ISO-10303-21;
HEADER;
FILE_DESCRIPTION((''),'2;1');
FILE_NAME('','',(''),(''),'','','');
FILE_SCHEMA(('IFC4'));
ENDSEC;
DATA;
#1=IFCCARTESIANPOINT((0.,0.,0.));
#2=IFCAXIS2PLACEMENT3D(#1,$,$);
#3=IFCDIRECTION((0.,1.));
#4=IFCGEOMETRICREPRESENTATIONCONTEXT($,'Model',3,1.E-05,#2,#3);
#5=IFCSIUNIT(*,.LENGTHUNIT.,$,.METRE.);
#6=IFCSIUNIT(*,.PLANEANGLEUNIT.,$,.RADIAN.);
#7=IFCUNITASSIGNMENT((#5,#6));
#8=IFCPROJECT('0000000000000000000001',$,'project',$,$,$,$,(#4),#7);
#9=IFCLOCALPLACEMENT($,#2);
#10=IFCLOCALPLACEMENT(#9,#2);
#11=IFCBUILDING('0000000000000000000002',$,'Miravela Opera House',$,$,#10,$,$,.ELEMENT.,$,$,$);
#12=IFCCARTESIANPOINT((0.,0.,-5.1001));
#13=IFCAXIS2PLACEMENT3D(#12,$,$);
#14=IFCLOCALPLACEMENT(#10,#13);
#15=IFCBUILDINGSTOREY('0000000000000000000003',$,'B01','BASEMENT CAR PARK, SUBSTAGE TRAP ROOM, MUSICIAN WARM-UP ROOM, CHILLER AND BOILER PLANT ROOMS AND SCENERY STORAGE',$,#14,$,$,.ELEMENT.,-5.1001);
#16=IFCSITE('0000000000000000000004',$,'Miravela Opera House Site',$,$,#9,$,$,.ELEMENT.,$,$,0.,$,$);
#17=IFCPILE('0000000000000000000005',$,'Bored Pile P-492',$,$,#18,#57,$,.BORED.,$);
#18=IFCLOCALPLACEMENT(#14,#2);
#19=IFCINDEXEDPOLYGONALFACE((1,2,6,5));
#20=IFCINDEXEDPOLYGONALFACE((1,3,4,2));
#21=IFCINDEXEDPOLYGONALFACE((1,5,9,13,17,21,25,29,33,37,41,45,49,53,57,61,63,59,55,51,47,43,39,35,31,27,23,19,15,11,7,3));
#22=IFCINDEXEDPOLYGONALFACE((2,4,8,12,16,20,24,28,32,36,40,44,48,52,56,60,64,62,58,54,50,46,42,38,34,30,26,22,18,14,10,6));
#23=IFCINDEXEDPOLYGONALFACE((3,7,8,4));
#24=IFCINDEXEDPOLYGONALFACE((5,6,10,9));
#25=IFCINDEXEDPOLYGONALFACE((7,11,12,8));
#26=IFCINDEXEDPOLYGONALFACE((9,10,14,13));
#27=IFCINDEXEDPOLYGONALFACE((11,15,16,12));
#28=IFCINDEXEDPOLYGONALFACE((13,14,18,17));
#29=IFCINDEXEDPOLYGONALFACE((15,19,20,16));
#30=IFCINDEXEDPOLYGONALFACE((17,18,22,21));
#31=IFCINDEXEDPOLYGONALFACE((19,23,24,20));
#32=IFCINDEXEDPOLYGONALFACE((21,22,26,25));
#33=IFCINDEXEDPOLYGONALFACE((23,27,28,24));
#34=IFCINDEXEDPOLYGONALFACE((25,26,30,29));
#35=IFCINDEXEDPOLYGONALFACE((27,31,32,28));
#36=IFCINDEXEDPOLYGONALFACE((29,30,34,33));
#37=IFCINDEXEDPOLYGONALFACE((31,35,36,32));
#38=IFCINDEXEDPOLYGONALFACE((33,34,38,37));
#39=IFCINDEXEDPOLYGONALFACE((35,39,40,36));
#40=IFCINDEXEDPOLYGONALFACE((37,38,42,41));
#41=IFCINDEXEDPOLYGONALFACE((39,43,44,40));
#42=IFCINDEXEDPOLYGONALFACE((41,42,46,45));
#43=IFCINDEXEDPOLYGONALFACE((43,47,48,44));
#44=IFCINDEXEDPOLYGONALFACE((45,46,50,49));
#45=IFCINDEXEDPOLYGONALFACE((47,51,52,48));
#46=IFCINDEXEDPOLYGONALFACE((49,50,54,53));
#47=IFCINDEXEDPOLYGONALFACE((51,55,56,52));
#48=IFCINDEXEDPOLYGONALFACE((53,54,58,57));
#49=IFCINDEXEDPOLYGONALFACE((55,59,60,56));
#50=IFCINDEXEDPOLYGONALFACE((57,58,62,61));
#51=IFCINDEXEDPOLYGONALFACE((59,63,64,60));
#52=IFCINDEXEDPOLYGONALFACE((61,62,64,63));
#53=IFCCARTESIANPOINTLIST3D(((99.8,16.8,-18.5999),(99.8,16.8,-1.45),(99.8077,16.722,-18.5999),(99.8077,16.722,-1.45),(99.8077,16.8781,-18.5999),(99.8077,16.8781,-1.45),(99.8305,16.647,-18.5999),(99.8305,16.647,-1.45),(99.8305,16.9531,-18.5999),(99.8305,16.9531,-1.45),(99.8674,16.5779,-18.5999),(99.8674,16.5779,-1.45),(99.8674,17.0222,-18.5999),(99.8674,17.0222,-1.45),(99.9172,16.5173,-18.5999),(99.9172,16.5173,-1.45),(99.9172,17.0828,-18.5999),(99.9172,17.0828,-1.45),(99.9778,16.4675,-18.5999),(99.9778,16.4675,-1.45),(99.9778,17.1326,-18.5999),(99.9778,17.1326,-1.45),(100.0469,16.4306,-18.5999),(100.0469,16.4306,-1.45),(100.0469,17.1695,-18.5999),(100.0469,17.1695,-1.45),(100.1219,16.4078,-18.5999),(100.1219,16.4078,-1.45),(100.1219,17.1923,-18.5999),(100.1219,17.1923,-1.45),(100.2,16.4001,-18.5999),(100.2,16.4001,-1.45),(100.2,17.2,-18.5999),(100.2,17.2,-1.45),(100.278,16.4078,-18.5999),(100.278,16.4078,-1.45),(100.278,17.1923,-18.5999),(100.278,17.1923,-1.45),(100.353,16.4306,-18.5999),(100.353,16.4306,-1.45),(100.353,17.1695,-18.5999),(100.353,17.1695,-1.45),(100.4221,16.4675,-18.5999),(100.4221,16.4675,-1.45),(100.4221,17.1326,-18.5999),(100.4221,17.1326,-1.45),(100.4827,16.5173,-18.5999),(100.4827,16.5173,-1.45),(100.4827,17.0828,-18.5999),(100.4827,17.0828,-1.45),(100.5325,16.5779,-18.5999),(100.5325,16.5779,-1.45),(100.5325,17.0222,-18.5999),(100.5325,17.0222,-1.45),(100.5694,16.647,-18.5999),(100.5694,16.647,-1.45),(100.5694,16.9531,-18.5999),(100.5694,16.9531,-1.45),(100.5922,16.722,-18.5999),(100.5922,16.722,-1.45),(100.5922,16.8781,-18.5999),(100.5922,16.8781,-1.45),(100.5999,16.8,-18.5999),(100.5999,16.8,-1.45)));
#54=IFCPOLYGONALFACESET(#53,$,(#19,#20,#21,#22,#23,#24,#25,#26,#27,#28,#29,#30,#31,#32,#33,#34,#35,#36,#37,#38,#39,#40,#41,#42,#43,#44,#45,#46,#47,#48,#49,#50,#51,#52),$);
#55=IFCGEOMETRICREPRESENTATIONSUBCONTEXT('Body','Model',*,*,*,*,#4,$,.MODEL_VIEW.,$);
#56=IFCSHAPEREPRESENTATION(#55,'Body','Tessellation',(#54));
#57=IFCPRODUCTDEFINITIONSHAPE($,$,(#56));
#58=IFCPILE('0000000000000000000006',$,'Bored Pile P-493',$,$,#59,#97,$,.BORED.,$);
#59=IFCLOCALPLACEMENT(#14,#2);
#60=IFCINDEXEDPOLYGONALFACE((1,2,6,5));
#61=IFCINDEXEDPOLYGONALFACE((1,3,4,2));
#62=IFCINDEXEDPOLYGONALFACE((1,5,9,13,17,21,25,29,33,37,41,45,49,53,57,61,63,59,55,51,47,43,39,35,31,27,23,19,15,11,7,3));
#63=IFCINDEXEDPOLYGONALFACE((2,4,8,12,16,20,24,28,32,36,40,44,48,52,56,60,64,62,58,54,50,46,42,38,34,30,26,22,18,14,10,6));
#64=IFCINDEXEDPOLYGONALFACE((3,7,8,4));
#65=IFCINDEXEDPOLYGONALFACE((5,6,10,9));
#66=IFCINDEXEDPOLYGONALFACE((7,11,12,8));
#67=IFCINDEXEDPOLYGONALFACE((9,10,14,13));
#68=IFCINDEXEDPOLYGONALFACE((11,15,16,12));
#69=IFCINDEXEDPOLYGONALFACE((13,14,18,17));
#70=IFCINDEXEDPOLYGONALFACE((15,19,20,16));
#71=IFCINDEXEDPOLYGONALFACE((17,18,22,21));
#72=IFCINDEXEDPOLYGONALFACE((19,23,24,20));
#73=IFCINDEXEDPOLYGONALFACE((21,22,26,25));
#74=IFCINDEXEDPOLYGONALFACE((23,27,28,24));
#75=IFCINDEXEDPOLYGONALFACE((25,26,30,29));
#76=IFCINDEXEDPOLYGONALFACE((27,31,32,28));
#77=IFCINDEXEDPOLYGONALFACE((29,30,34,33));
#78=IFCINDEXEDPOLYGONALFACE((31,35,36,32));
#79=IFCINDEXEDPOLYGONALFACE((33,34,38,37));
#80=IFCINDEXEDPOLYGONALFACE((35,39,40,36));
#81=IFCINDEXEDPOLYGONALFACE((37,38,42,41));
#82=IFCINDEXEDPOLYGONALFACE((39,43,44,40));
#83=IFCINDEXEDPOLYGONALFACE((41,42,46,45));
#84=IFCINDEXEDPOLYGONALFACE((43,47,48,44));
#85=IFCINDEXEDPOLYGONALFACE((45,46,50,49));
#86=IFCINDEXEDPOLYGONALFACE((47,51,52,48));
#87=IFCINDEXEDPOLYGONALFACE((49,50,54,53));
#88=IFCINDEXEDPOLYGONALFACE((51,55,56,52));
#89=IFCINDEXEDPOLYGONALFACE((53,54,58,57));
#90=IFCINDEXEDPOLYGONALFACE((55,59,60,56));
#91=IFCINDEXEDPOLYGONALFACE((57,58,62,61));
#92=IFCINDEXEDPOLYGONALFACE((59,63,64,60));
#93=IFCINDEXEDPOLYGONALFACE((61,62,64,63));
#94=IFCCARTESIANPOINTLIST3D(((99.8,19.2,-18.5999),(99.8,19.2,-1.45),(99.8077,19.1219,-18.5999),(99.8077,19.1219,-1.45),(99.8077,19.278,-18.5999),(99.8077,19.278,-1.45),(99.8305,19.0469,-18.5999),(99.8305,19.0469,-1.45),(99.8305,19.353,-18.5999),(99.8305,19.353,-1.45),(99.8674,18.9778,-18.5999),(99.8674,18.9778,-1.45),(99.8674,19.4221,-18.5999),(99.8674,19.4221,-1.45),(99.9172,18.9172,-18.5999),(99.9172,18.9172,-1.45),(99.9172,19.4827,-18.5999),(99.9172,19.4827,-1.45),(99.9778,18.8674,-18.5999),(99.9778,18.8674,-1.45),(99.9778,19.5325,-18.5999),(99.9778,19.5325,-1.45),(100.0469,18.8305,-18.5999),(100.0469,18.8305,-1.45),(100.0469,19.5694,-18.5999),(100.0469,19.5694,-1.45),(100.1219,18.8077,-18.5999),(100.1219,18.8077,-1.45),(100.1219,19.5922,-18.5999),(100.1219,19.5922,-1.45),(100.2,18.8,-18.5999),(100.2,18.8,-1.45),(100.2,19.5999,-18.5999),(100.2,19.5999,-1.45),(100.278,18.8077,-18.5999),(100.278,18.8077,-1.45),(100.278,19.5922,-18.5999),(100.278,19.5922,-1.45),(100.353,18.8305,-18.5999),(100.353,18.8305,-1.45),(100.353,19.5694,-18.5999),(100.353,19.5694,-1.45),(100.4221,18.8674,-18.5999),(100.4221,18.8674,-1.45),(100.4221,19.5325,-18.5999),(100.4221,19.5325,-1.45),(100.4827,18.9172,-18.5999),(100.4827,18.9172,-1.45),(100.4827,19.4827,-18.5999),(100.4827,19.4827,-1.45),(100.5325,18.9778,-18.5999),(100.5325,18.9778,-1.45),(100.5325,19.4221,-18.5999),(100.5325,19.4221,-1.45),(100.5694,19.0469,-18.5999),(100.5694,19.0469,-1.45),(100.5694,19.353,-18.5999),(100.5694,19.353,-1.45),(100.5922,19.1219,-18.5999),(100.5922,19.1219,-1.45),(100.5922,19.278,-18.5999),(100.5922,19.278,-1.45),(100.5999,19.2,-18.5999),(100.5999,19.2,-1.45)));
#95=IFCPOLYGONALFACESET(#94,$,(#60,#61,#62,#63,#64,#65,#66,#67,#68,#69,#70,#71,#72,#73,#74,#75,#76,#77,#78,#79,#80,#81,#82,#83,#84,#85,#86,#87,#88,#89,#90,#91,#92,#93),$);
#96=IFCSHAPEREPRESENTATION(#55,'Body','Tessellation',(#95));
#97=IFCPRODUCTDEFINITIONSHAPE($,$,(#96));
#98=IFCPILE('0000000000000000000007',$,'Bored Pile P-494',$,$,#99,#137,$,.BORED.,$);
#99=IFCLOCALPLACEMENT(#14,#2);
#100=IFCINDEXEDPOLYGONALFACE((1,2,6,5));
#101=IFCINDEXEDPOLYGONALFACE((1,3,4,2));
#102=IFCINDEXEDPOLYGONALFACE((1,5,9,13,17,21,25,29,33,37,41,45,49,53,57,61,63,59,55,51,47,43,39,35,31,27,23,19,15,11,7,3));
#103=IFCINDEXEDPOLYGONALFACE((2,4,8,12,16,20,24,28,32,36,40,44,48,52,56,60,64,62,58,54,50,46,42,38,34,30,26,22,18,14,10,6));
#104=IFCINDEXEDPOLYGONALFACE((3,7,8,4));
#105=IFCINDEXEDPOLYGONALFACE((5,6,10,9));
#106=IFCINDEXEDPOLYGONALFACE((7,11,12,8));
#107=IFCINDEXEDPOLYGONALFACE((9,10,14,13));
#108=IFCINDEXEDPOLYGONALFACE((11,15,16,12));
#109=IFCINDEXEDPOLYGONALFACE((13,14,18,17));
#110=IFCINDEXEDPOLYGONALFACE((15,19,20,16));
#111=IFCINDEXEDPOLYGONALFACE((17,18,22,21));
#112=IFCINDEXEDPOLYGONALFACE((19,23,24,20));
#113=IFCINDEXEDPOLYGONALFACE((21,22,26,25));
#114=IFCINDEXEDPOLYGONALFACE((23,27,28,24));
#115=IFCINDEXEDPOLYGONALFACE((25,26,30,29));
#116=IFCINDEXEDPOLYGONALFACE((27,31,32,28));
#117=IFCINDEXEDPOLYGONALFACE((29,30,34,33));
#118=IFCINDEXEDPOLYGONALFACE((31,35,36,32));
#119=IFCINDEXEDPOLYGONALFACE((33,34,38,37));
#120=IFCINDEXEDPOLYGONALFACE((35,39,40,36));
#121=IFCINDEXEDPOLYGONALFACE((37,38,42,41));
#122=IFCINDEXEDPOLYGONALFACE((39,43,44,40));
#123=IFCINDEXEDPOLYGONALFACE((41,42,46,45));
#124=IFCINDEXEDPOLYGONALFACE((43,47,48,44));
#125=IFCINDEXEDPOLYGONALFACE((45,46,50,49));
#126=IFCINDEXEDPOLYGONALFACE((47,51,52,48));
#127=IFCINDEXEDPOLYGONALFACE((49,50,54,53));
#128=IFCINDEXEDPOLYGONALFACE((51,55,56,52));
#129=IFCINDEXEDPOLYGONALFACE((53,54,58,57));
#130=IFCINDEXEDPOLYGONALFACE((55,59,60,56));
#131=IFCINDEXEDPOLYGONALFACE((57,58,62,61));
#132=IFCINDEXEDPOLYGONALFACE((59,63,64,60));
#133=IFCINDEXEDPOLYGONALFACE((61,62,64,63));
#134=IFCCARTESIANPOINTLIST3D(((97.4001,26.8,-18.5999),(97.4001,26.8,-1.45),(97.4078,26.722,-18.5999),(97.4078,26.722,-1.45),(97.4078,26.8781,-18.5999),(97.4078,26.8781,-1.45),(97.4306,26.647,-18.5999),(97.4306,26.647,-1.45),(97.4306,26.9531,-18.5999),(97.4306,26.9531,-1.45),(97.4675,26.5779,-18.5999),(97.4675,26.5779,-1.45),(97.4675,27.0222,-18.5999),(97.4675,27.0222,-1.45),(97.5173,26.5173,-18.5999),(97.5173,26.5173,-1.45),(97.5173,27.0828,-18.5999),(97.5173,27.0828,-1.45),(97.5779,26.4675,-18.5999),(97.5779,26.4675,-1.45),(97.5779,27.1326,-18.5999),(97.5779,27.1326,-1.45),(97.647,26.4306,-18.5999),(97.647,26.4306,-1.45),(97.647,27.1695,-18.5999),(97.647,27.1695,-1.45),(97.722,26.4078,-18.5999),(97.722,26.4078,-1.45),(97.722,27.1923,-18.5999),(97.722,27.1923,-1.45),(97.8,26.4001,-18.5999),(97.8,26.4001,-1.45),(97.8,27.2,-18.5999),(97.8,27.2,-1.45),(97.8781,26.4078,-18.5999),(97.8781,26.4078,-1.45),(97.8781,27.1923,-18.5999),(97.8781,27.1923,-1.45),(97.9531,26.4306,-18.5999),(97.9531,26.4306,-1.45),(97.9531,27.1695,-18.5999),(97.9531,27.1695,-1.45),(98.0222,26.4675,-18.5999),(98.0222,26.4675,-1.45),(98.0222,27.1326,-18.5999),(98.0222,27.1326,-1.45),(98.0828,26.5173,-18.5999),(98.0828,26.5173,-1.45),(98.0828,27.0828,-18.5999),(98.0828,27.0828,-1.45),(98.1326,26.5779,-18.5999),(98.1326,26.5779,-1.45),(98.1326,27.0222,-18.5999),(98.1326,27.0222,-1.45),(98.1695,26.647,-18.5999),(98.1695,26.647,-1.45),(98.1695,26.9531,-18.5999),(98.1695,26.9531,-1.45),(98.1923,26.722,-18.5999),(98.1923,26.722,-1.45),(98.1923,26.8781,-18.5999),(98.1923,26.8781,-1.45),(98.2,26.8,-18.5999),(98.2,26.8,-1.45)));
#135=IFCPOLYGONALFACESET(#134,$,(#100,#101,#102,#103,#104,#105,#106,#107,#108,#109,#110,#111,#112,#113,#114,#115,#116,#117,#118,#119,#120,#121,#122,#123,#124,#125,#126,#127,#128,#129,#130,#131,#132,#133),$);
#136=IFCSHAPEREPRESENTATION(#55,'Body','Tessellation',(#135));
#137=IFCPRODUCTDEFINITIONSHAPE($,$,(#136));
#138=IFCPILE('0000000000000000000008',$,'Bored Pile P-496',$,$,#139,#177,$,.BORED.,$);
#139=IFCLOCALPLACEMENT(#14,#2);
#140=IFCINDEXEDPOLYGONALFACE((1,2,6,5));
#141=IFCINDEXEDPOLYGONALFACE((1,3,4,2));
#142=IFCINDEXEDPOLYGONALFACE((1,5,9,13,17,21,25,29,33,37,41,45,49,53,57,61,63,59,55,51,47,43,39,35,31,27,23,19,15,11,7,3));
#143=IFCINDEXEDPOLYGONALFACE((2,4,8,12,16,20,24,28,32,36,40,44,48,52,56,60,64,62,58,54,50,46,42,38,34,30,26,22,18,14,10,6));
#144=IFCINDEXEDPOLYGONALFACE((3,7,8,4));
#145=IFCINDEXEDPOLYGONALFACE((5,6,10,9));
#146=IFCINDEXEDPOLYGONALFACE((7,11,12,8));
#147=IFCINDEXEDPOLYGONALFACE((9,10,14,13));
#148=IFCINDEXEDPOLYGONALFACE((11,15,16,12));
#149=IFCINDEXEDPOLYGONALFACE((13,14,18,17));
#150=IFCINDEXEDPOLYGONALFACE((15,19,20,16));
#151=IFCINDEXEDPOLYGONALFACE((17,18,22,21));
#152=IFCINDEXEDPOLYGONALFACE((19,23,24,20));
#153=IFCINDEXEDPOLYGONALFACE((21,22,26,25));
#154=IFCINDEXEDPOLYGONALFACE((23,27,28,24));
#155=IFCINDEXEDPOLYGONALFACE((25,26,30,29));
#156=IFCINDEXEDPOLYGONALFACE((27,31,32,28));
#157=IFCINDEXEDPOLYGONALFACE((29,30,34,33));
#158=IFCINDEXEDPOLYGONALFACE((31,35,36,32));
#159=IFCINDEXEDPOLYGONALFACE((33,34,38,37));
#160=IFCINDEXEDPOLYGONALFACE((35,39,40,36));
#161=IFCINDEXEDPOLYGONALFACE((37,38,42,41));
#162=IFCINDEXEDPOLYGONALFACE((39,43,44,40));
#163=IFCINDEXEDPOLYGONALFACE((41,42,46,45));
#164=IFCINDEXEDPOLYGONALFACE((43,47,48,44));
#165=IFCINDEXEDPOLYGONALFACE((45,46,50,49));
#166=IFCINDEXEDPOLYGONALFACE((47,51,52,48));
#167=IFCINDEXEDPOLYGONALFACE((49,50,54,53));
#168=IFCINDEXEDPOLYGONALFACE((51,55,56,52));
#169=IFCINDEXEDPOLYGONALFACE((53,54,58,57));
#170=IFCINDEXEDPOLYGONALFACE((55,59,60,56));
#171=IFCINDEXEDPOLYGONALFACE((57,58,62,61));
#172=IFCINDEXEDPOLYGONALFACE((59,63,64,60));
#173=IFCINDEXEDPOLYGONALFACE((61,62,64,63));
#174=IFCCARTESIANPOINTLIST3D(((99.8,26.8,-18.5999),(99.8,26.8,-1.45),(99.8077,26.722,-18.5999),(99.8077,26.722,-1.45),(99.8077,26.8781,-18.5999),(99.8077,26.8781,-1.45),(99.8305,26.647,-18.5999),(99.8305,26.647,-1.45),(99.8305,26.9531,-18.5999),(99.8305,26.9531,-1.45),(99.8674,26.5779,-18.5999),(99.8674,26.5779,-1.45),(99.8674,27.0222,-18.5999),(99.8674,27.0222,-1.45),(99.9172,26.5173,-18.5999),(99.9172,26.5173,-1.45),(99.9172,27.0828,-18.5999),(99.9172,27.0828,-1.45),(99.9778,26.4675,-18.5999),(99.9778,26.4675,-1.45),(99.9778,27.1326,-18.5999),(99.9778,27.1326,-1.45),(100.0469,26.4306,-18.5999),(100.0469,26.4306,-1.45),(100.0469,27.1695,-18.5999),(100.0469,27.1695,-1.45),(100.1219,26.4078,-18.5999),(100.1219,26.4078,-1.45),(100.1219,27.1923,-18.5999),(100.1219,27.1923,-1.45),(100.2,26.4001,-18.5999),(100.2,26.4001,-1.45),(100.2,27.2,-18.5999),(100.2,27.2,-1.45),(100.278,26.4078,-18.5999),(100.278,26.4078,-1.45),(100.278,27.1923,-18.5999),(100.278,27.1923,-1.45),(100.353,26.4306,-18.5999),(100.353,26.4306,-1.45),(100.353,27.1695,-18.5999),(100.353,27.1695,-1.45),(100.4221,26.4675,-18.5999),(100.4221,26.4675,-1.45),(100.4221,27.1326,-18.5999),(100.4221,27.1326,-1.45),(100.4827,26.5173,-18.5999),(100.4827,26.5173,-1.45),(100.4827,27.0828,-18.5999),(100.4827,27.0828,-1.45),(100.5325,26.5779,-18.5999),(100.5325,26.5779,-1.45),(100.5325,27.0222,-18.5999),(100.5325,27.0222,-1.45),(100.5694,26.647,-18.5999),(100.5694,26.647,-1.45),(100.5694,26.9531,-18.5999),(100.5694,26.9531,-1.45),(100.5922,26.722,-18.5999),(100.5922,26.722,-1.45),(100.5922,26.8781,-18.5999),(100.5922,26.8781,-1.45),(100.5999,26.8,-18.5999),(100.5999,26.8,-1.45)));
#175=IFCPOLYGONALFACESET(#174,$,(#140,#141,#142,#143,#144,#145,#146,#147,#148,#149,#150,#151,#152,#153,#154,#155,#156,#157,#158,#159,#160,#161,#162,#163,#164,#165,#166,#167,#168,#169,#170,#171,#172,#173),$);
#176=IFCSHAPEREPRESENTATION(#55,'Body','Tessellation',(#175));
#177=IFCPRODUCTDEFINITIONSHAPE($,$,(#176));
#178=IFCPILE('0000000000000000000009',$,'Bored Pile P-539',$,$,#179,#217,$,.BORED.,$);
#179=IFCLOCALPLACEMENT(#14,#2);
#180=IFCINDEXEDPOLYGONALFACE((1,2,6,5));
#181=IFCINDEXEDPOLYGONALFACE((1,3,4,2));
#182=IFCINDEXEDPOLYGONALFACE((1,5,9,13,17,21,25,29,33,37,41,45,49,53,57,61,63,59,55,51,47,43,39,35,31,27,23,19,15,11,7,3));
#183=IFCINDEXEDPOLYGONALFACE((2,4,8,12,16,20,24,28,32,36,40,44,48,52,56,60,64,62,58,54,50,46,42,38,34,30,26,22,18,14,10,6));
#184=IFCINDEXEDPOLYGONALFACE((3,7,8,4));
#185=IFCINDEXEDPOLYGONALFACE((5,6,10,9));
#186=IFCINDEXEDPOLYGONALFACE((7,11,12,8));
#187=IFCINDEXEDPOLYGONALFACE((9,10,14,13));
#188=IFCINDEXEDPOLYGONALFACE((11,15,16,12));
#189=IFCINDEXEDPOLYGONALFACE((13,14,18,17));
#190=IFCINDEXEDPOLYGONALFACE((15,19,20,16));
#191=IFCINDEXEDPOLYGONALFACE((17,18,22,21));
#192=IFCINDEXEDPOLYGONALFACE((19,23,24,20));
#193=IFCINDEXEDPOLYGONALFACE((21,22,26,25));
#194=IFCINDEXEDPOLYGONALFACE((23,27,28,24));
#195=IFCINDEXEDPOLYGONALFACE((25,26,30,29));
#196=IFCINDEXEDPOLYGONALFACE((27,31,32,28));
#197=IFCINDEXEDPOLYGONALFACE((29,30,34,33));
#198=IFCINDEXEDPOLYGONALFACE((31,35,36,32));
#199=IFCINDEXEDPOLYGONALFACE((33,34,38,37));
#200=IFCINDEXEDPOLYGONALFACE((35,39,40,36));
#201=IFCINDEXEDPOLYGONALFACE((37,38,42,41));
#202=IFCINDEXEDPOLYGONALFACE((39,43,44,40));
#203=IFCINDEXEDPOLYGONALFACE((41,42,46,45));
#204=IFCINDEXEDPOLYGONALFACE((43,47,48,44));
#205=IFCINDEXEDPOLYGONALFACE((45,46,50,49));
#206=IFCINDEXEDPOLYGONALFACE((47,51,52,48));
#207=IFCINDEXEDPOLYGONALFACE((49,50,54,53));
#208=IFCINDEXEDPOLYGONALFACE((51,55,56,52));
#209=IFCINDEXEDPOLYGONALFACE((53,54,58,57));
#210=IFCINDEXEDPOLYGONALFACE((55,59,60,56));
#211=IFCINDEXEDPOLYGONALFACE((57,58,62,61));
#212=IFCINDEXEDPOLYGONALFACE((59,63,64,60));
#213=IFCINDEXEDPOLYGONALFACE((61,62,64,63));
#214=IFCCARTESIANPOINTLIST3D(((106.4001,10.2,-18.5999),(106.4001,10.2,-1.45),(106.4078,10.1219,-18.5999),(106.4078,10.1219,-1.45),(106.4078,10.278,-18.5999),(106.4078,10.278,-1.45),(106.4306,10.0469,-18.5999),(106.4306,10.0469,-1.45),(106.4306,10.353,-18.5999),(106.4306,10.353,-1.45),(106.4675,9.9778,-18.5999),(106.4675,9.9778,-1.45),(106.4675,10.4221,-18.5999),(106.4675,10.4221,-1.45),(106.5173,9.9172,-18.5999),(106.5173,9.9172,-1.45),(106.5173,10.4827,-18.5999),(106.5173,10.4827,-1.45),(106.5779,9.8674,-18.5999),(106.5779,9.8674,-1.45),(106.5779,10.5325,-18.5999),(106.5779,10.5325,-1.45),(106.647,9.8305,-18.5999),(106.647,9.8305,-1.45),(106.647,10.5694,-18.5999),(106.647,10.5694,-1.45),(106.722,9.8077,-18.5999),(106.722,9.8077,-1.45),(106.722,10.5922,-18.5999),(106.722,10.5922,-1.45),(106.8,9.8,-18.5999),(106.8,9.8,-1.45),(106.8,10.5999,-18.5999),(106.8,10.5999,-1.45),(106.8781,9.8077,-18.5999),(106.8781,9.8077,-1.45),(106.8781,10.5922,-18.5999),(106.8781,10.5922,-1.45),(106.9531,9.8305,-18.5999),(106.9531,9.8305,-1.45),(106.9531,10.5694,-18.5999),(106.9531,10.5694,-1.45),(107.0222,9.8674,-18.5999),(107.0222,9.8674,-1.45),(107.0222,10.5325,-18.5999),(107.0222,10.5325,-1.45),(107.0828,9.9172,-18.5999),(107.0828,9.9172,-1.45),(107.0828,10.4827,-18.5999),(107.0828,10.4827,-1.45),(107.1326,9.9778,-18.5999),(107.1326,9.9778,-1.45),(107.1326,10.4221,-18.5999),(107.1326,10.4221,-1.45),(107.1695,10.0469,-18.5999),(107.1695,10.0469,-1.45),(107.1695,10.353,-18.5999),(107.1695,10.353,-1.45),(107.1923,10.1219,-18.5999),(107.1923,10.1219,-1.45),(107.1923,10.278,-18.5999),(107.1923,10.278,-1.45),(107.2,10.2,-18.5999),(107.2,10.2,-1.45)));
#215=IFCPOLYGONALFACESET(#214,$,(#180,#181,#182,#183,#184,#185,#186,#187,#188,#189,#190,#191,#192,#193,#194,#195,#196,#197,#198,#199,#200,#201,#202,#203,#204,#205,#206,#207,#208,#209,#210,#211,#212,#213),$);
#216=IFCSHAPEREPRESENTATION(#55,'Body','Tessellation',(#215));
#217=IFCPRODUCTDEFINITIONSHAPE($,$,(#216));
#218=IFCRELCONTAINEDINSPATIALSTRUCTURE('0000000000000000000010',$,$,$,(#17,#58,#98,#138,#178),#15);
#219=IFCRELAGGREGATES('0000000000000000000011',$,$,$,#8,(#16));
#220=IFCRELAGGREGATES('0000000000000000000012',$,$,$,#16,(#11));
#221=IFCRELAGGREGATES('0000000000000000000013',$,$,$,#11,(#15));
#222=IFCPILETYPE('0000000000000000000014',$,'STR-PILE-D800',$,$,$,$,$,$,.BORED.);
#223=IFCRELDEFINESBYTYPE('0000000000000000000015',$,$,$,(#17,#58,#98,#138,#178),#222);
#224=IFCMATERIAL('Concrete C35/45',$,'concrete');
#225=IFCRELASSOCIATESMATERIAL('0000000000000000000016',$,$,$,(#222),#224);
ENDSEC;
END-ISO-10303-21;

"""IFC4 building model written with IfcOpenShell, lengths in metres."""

from ifc_helpers import new_model, si_unit, direction, frame, origin, origin_2d, place, context, subcontext, project, spatial, circle, extrude, material, material_profile, profile_set, type_object, element, save


model = new_model("IFC4")

# Units and contexts
model_context = context("Model", 3, precision=1e-05, world=origin(), true_north=direction((0.0, 1.0)))
body_context = subcontext(model_context, "Body", "Model", "MODEL_VIEW")
ifc_project = project(units=[si_unit("LENGTHUNIT", "METRE"), si_unit("PLANEANGLEUNIT", "RADIAN")], contexts=[model_context])

# Site, building, storey
site_placement = place(None, origin())
site = spatial("IfcSite", under=ifc_project, at=site_placement, Name="Miravela Opera House Site", CompositionType="ELEMENT", RefElevation=0.0)
building_placement = place(site_placement, origin())
building = spatial("IfcBuilding", under=site, at=building_placement, Name="Miravela Opera House", CompositionType="ELEMENT")
storey_placement = place(building_placement, frame((0.0, 0.0, -5.1001)))
storey = spatial("IfcBuildingStorey", under=building, at=storey_placement, Name="B01", Description="BASEMENT CAR PARK, SUBSTAGE TRAP ROOM, MUSICIAN WARM-UP ROOM, CHILLER AND BOILER PLANT ROOMS AND SCENERY STORAGE", CompositionType="ELEMENT", Elevation=-5.1001)

# Shared definitions
ifc_material_1 = material(Name="Concrete C35/45", Category="concrete")

# Piles
ifc_material_profile_1 = material_profile(ifc_material_1, circle(Radius=0.3999, at=origin_2d()), Name="PILE-D800")
ifc_profile_set_1 = profile_set([ifc_material_profile_1])
pile_type_1 = type_object("IfcPileType", Name="STR-PILE-D800", PredefinedType="BORED", material=ifc_profile_set_1)
for number, where, z_axis, x_axis, name in (
    (1, (100.2, 16.8, -1.45), (0.0, 0.0, -1.0), (1.0, 0.0, 0.0), "Bored Pile P-492"),
    (2, (100.2, 19.2, -1.45), (0.0, 0.0, -1.0), (1.0, 0.0, 0.0), "Bored Pile P-493"),
    (3, (97.8, 26.8, -1.45), (0.0, 0.0, -1.0), (1.0, 0.0, 0.0), "Bored Pile P-494"),
    (4, (100.2, 26.8, -1.45), (0.0, 0.0, -1.0), (1.0, 0.0, 0.0), "Bored Pile P-496"),
    (5, (106.8, 10.2, -1.45), (0.0, 0.0, -1.0), (1.0, 0.0, 0.0), "Bored Pile P-539"),
):
    element("IfcPile", number, at=place(storey_placement, frame(where, z_axis=z_axis, x_axis=x_axis)), inside=storey, type_object=pile_type_1, Name=name, PredefinedType="BORED", context=body_context, shape_type="SweptSolid", body=[
        extrude(circle(Radius=0.3999, at=origin_2d()), origin(), (0.0, 0.0, 1.0), 17.1499),
    ])

save(model, "model.ifc")
